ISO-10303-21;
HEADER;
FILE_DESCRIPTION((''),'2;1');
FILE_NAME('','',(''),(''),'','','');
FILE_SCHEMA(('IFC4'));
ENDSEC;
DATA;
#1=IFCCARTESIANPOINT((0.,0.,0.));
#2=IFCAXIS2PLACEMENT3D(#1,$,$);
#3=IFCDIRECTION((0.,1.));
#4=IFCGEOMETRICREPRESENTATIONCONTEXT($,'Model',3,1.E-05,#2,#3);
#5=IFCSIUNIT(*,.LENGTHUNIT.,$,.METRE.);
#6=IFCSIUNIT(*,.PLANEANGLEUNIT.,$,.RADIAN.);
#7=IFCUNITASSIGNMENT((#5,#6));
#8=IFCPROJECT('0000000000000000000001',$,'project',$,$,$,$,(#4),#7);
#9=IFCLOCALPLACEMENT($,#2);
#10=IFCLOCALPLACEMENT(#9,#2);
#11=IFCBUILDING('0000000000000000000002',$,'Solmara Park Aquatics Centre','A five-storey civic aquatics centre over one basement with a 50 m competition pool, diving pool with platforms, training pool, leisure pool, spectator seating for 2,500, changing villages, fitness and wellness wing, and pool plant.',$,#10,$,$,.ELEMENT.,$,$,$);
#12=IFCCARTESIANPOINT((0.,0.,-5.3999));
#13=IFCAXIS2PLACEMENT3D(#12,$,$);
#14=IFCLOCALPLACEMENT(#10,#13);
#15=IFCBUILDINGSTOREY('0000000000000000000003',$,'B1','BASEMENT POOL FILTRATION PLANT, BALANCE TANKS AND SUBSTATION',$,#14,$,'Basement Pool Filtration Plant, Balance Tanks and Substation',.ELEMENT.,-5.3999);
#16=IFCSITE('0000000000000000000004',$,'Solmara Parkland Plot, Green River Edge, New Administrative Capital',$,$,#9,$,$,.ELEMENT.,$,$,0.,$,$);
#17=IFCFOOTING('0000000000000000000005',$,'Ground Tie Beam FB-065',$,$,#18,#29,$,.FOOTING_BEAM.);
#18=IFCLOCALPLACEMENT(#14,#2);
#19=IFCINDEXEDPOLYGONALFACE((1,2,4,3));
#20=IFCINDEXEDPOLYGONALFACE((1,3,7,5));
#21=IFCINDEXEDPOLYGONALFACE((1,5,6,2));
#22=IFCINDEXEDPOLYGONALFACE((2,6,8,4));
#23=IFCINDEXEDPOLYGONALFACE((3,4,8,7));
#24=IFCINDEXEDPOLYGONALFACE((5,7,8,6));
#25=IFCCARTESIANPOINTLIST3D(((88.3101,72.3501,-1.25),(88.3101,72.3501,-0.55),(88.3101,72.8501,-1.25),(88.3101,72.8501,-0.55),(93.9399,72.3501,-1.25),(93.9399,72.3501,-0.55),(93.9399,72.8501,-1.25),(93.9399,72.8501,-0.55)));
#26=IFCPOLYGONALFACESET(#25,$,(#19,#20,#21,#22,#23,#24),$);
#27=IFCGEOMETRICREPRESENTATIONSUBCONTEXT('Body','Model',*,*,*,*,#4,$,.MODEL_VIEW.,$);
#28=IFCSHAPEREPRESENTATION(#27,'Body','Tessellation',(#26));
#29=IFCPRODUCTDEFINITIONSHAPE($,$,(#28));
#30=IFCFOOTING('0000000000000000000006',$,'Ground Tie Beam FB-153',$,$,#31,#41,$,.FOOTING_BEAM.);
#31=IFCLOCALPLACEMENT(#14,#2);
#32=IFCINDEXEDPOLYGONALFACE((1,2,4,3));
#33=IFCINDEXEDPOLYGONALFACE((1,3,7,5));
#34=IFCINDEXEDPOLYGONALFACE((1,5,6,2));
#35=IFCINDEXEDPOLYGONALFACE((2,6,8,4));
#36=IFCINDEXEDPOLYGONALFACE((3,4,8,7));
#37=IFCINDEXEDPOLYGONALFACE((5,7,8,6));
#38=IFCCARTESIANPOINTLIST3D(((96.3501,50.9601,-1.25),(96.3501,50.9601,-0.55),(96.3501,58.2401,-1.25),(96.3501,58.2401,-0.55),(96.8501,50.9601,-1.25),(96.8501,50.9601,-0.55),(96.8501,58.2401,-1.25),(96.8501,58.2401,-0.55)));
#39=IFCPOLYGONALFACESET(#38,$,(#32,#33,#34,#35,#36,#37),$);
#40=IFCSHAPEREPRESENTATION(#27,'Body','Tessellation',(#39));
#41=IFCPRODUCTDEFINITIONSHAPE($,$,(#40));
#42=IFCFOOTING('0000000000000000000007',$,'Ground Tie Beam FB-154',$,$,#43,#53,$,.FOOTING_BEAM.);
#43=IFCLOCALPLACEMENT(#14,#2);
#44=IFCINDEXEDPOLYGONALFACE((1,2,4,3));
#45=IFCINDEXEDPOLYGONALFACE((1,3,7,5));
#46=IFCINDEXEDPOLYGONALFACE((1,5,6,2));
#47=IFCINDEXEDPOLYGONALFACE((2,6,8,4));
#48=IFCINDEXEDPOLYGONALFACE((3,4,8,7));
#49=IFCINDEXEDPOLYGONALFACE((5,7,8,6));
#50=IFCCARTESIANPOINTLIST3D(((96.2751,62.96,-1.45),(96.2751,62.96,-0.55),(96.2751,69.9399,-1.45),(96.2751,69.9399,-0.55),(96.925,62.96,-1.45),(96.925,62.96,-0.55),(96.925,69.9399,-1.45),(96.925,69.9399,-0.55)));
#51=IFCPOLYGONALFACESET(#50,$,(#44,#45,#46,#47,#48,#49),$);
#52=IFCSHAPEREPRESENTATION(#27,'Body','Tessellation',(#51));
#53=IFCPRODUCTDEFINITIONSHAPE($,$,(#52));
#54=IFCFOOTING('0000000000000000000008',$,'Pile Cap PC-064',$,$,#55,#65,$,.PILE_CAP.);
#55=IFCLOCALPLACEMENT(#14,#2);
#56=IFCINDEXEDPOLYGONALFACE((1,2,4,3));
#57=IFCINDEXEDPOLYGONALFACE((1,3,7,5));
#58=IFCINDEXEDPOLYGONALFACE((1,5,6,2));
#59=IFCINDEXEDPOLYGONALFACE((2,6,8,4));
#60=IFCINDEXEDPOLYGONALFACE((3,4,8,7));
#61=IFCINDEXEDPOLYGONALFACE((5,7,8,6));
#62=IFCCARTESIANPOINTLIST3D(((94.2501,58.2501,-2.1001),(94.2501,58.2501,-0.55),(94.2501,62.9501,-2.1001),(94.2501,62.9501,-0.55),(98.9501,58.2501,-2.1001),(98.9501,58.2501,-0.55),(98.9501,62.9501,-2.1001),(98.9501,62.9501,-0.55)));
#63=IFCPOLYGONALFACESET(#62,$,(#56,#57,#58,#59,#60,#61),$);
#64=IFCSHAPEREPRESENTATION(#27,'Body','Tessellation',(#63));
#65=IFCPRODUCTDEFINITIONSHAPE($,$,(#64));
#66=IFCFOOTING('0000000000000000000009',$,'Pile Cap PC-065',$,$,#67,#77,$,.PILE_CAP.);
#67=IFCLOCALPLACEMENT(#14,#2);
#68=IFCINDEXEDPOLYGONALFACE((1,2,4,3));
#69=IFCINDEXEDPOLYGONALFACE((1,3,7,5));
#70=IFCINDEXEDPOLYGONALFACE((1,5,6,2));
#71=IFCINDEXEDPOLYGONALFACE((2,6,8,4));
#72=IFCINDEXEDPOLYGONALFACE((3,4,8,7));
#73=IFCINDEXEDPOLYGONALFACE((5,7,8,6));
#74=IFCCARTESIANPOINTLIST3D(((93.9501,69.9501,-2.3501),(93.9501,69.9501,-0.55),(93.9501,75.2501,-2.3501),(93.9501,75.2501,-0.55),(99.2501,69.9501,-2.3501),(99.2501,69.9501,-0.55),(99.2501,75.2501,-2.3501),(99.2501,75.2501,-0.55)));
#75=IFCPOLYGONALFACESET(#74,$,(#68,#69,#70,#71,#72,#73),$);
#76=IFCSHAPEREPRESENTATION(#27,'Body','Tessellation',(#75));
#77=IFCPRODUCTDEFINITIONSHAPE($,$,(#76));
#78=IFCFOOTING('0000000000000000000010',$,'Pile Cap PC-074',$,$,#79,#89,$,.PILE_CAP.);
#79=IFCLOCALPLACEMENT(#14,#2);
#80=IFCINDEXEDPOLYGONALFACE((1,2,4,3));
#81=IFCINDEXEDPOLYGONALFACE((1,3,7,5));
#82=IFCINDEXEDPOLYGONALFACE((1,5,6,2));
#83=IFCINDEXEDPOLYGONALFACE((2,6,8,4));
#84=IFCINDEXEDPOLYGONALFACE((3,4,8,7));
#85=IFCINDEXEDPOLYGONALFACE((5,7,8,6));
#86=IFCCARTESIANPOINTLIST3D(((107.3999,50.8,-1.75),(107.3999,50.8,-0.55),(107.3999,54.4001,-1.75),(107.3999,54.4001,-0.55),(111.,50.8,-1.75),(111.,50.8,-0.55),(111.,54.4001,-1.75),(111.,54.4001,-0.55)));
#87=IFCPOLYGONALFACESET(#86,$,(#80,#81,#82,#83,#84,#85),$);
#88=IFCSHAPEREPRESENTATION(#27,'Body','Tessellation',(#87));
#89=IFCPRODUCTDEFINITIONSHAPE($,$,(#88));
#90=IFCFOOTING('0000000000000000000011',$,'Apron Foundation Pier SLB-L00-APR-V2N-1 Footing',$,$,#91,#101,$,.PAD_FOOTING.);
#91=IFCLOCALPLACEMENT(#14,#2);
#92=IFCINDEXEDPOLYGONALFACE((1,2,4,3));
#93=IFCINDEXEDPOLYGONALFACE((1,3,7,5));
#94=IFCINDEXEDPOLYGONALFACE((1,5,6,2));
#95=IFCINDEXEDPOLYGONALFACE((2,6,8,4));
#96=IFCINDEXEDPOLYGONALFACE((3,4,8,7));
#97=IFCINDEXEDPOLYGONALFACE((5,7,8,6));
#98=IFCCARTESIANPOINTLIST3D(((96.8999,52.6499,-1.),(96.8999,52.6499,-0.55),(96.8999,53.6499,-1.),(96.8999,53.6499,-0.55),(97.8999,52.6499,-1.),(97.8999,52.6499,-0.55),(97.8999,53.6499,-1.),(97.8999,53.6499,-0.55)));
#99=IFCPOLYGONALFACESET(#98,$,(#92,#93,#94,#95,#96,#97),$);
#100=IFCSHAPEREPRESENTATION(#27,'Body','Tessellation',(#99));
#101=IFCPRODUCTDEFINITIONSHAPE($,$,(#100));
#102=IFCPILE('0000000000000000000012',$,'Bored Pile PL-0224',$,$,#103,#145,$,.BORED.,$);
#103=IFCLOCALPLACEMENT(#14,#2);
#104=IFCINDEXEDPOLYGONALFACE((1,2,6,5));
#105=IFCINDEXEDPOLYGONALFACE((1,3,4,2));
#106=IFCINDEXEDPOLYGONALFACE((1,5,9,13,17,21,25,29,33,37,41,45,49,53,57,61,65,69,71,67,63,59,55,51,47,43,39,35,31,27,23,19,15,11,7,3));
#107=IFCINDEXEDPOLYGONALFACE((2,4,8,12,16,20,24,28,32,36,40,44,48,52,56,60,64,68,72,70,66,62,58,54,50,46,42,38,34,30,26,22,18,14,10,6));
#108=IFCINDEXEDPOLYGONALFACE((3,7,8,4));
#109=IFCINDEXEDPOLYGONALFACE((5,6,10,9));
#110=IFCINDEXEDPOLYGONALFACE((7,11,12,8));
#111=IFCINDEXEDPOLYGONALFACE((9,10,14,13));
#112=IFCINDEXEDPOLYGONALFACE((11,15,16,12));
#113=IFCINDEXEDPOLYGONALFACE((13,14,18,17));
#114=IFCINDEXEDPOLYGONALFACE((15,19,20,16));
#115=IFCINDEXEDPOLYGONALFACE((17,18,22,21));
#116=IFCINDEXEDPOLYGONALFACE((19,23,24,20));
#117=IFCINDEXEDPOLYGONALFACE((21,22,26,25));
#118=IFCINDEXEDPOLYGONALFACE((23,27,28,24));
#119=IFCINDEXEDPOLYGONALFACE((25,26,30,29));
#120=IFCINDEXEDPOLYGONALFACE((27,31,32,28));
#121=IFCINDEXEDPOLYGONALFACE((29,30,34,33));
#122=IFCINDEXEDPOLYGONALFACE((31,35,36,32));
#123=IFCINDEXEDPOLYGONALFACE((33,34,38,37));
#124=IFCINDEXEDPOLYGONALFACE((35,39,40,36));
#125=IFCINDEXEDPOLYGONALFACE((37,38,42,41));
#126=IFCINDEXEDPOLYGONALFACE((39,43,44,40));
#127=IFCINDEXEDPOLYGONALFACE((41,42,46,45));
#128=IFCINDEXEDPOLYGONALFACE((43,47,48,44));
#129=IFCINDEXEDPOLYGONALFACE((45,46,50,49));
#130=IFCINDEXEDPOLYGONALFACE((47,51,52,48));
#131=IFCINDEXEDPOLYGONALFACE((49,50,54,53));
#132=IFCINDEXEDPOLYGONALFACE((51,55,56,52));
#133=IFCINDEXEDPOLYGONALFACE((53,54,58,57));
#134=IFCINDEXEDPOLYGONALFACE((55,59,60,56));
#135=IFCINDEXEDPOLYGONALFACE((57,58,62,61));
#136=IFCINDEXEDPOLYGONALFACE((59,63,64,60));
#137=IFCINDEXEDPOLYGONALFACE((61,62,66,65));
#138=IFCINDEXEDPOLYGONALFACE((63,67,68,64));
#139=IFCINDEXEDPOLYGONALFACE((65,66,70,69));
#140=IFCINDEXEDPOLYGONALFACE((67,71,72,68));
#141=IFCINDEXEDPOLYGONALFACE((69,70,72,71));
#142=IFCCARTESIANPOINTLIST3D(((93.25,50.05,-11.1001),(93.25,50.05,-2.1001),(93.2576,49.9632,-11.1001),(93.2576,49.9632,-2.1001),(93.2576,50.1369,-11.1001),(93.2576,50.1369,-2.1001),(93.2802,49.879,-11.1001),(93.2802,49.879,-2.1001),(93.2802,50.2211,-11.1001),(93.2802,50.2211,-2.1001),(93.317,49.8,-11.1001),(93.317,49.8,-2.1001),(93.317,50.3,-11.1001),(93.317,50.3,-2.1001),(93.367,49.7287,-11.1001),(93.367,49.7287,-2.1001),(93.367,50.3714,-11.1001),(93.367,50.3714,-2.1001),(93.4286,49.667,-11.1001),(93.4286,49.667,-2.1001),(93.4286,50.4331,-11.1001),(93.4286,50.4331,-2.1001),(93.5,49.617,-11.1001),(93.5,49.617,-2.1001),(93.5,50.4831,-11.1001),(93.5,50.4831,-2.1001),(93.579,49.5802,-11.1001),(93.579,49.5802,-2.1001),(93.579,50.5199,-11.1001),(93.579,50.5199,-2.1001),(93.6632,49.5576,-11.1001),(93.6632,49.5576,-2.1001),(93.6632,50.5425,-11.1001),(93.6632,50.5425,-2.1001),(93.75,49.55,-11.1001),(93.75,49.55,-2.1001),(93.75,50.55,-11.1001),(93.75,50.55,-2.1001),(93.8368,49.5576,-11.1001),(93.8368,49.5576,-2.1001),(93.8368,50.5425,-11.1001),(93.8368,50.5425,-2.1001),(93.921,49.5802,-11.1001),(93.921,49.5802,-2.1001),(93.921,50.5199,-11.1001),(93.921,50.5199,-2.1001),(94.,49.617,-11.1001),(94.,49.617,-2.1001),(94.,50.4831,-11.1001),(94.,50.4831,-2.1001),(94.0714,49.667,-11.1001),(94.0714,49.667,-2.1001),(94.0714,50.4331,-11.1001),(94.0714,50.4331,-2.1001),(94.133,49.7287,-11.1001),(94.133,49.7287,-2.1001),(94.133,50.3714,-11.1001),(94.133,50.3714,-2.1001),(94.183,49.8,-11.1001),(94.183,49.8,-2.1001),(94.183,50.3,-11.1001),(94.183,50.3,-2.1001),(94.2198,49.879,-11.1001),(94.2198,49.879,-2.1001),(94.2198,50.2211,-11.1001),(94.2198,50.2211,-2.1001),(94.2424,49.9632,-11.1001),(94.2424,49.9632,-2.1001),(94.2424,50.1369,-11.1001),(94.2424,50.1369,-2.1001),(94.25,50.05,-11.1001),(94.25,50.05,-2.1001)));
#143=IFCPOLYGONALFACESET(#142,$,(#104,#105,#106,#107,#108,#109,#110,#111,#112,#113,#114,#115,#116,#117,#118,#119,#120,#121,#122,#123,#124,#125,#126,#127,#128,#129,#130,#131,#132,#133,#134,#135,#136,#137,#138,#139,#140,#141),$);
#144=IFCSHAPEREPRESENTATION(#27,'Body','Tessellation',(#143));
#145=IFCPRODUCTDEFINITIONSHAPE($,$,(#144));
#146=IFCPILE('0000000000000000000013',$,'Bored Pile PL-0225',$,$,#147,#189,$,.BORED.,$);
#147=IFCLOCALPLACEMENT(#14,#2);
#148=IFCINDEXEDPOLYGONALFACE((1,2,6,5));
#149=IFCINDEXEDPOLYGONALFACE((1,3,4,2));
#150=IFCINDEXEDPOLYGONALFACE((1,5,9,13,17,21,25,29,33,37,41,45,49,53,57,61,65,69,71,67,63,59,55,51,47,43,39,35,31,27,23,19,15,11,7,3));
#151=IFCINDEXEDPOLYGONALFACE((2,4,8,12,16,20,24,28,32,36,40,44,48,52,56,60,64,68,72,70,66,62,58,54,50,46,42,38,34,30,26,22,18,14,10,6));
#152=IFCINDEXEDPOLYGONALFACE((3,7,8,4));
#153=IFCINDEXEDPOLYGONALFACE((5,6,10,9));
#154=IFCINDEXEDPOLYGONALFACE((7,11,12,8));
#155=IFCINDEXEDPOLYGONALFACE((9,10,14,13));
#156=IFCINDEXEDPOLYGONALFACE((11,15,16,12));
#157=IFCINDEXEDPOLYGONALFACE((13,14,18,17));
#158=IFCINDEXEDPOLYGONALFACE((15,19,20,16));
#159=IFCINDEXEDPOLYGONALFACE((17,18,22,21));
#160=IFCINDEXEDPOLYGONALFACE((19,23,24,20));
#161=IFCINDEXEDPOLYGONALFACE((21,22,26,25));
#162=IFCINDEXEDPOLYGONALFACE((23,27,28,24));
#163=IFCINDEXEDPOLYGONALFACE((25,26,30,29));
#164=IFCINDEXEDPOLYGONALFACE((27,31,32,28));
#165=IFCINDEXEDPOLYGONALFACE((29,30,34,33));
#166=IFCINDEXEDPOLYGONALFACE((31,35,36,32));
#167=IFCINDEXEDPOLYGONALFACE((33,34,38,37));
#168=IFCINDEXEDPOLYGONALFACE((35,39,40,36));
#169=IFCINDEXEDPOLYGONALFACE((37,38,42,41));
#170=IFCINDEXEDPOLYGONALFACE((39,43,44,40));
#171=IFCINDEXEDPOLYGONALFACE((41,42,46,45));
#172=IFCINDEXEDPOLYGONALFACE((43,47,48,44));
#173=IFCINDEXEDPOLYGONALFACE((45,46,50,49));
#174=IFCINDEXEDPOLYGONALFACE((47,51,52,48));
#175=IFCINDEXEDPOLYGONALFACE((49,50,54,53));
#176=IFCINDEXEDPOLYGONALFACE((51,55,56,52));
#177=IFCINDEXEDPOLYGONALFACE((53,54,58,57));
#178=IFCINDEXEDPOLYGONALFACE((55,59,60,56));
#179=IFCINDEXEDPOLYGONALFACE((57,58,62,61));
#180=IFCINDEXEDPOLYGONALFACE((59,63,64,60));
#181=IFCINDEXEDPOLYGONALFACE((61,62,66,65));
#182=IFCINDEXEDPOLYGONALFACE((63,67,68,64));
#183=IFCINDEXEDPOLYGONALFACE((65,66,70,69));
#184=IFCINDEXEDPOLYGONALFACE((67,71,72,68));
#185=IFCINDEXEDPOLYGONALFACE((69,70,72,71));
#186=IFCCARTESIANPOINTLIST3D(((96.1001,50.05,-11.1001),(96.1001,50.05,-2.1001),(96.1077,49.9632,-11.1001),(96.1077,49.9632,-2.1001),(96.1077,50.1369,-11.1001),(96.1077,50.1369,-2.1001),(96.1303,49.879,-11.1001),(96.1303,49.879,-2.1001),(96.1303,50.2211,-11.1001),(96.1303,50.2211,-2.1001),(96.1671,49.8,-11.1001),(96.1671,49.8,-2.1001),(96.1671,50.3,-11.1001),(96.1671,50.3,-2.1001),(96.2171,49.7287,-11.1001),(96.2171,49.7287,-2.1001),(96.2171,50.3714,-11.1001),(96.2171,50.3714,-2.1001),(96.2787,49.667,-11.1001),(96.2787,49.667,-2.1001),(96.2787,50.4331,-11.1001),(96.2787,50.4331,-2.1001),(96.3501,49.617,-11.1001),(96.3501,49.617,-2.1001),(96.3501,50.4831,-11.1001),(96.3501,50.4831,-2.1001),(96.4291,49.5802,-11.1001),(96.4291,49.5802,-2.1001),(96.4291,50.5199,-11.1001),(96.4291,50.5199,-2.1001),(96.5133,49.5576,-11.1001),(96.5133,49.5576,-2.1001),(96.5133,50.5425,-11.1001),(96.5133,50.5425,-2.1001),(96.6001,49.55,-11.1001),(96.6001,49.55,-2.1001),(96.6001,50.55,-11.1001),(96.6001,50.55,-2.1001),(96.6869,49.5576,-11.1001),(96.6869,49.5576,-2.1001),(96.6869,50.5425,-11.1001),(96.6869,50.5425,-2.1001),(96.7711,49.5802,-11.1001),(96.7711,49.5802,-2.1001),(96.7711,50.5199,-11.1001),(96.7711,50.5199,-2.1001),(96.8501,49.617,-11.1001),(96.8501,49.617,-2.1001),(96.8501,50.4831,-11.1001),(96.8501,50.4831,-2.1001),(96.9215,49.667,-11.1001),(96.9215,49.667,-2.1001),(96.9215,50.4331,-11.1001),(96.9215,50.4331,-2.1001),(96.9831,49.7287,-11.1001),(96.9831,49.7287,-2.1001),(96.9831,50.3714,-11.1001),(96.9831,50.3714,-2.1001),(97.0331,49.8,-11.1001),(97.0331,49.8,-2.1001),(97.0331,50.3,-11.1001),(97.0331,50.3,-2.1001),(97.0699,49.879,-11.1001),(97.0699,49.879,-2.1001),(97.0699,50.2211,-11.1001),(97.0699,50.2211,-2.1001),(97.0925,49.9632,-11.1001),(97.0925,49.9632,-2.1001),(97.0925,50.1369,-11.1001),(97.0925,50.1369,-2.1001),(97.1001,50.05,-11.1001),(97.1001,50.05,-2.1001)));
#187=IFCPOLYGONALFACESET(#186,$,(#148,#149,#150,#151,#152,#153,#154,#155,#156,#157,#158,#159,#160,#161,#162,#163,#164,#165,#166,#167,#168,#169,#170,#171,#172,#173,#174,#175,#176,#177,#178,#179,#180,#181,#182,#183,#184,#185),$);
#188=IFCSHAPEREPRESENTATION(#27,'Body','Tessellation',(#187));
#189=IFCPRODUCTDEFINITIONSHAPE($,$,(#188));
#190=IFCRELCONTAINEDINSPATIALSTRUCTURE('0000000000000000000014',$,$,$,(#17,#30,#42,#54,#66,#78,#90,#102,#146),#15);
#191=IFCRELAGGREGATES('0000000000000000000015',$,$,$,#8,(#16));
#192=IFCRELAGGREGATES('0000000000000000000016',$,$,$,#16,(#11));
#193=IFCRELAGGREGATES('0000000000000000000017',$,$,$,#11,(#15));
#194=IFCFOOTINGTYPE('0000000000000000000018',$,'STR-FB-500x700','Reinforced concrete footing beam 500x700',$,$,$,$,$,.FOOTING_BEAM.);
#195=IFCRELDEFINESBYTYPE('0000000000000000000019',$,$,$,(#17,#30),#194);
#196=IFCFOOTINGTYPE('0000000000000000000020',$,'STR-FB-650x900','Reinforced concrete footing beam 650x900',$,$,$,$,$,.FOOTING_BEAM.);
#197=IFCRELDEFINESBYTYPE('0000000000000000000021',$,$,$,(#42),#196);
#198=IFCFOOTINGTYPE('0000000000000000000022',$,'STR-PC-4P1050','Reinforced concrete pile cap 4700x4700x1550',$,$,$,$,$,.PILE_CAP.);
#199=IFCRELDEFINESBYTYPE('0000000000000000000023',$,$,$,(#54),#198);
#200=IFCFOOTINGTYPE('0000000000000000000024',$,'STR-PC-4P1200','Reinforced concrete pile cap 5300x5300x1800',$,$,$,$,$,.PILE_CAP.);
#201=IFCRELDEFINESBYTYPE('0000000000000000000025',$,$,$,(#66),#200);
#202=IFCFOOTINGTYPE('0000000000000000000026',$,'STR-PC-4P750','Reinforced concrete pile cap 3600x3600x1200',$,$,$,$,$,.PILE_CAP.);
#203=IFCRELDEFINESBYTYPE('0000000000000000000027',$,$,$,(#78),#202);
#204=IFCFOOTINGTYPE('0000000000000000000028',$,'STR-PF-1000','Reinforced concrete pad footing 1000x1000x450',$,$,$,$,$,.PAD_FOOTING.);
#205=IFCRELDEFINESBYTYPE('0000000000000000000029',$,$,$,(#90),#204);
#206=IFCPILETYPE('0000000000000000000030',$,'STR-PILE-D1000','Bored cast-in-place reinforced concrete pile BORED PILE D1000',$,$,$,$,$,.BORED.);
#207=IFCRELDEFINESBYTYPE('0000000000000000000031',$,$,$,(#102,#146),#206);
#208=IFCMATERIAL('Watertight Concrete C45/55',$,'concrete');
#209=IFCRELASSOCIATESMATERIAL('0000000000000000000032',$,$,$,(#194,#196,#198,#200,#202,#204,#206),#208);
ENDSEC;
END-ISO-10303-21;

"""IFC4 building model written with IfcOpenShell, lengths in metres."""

from ifc_helpers import new_model, si_unit, direction, frame, origin, origin_2d, place, context, subcontext, project, spatial, rectangle, circle, extrude, material, material_profile, profile_set, type_object, element, save


model = new_model("IFC4")

# Units and contexts
model_context = context("Model", 3, precision=1e-05, world=origin(), true_north=direction((0.0, 1.0)))
body_context = subcontext(model_context, "Body", "Model", "MODEL_VIEW")
ifc_project = project(units=[si_unit("LENGTHUNIT", "METRE"), si_unit("PLANEANGLEUNIT", "RADIAN")], contexts=[model_context])

# Site, building, storey
site_placement = place(None, origin())
site = spatial("IfcSite", under=ifc_project, at=site_placement, Name="Solmara Parkland Plot, Green River Edge, New Administrative Capital", CompositionType="ELEMENT", RefElevation=0.0)
building_placement = place(site_placement, origin())
building = spatial("IfcBuilding", under=site, at=building_placement, Name="Solmara Park Aquatics Centre", Description="A five-storey civic aquatics centre over one basement with a 50 m competition pool, diving pool with platforms, training pool, leisure pool, spectator seating for 2,500, changing villages, fitness and wellness wing, and pool plant.", CompositionType="ELEMENT")
storey_placement = place(building_placement, frame((0.0, 0.0, -5.3999)))
storey = spatial("IfcBuildingStorey", under=building, at=storey_placement, Name="B1", Description="BASEMENT POOL FILTRATION PLANT, BALANCE TANKS AND SUBSTATION", LongName="Basement Pool Filtration Plant, Balance Tanks and Substation", CompositionType="ELEMENT", Elevation=-5.3999)

# Footings
ifc_material_1 = material(Name="Watertight Concrete C45/55", Category="concrete")
footing_type_1 = type_object("IfcFootingType", Name="STR-FB-500x700", Description="Reinforced concrete footing beam 500x700", PredefinedType="FOOTING_BEAM", material=ifc_material_1)
footing_1_placement = place(storey_placement, frame((91.125, 72.6001, -1.25), z_axis=(0.0, 0.0, 1.0), x_axis=(1.0, 0.0, 0.0)))
element("IfcFooting", 1, at=footing_1_placement, inside=storey, type_object=footing_type_1, Name="Ground Tie Beam FB-065", PredefinedType="FOOTING_BEAM", context=body_context, shape_type="SweptSolid", body=[
    extrude(rectangle(XDim=5.6299, YDim=0.5, at=origin_2d()), origin(), (0.0, 0.0, 1.0), 0.7),
])
footing_2_placement = place(storey_placement, frame((96.6001, 54.6001, -1.25), z_axis=(0.0, 0.0, 1.0), x_axis=(1.0, 0.0, 0.0)))
element("IfcFooting", 2, at=footing_2_placement, inside=storey, type_object=footing_type_1, Name="Ground Tie Beam FB-153", PredefinedType="FOOTING_BEAM", context=body_context, shape_type="SweptSolid", body=[
    extrude(rectangle(XDim=0.5, YDim=7.28, at=origin_2d()), origin(), (0.0, 0.0, 1.0), 0.7),
])
footing_type_2 = type_object("IfcFootingType", Name="STR-FB-650x900", Description="Reinforced concrete footing beam 650x900", PredefinedType="FOOTING_BEAM", material=ifc_material_1)
footing_3_placement = place(storey_placement, frame((96.6001, 66.45, -1.45), z_axis=(0.0, 0.0, 1.0), x_axis=(1.0, 0.0, 0.0)))
element("IfcFooting", 3, at=footing_3_placement, inside=storey, type_object=footing_type_2, Name="Ground Tie Beam FB-154", PredefinedType="FOOTING_BEAM", context=body_context, shape_type="SweptSolid", body=[
    extrude(rectangle(XDim=0.6499, YDim=6.98, at=origin_2d()), origin(), (0.0, 0.0, 1.0), 0.8999),
])
footing_type_3 = type_object("IfcFootingType", Name="STR-PC-4P1050", Description="Reinforced concrete pile cap 4700x4700x1550", PredefinedType="PILE_CAP", material=ifc_material_1)
footing_4_placement = place(storey_placement, frame((96.6001, 60.6001, -2.1001), z_axis=(0.0, 0.0, 1.0), x_axis=(1.0, 0.0, 0.0)))
element("IfcFooting", 4, at=footing_4_placement, inside=storey, type_object=footing_type_3, Name="Pile Cap PC-064", PredefinedType="PILE_CAP", context=body_context, shape_type="SweptSolid", body=[
    extrude(rectangle(XDim=4.7, YDim=4.7, at=origin_2d()), origin(), (0.0, 0.0, 1.0), 1.55),
])
footing_type_4 = type_object("IfcFootingType", Name="STR-PC-4P1200", Description="Reinforced concrete pile cap 5300x5300x1800", PredefinedType="PILE_CAP", material=ifc_material_1)
footing_5_placement = place(storey_placement, frame((96.6001, 72.6001, -2.3501), z_axis=(0.0, 0.0, 1.0), x_axis=(1.0, 0.0, 0.0)))
element("IfcFooting", 5, at=footing_5_placement, inside=storey, type_object=footing_type_4, Name="Pile Cap PC-065", PredefinedType="PILE_CAP", context=body_context, shape_type="SweptSolid", body=[
    extrude(rectangle(XDim=5.3, YDim=5.3, at=origin_2d()), origin(), (0.0, 0.0, 1.0), 1.8),
])
footing_type_5 = type_object("IfcFootingType", Name="STR-PC-4P750", Description="Reinforced concrete pile cap 3600x3600x1200", PredefinedType="PILE_CAP", material=ifc_material_1)
footing_6_placement = place(storey_placement, frame((109.2, 52.6001, -1.75), z_axis=(0.0, 0.0, 1.0), x_axis=(1.0, 0.0, 0.0)))
element("IfcFooting", 6, at=footing_6_placement, inside=storey, type_object=footing_type_5, Name="Pile Cap PC-074", PredefinedType="PILE_CAP", context=body_context, shape_type="SweptSolid", body=[
    extrude(rectangle(XDim=3.6001, YDim=3.6001, at=origin_2d()), origin(), (0.0, 0.0, 1.0), 1.2),
])
footing_type_6 = type_object("IfcFootingType", Name="STR-PF-1000", Description="Reinforced concrete pad footing 1000x1000x450", PredefinedType="PAD_FOOTING", material=ifc_material_1)
footing_7_placement = place(storey_placement, frame((97.3999, 53.1499, -1.0), z_axis=(0.0, 0.0, 1.0), x_axis=(1.0, 0.0, 0.0)))
element("IfcFooting", 7, at=footing_7_placement, inside=storey, type_object=footing_type_6, Name="Apron Foundation Pier SLB-L00-APR-V2N-1 Footing", PredefinedType="PAD_FOOTING", context=body_context, shape_type="SweptSolid", body=[
    extrude(rectangle(XDim=1.0, YDim=1.0, at=origin_2d()), origin(), (0.0, 0.0, 1.0), 0.45),
])

# Piles
ifc_material_profile_1 = material_profile(ifc_material_1, circle(Radius=0.5, at=origin_2d()), Name="BORED PILE D1000")
ifc_profile_set_1 = profile_set([ifc_material_profile_1], Name="Watertight Concrete C45/55")
pile_type_1 = type_object("IfcPileType", Name="STR-PILE-D1000", Description="Bored cast-in-place reinforced concrete pile BORED PILE D1000", PredefinedType="BORED", material=ifc_profile_set_1)
for number, where, z_axis, x_axis, name in (
    (8, (93.75, 50.05, -2.1001), (0.0, 0.0, -1.0), (1.0, 0.0, 0.0), "Bored Pile PL-0224"),
    (9, (96.6001, 50.05, -2.1001), (0.0, 0.0, -1.0), (1.0, 0.0, 0.0), "Bored Pile PL-0225"),
):
    element("IfcPile", number, at=place(storey_placement, frame(where, z_axis=z_axis, x_axis=x_axis)), inside=storey, type_object=pile_type_1, Name=name, PredefinedType="BORED", context=body_context, shape_type="SweptSolid", body=[
        extrude(circle(Radius=0.5, at=origin_2d()), origin(), (0.0, 0.0, 1.0), 9.0),
    ])

save(model, "model.ifc")
